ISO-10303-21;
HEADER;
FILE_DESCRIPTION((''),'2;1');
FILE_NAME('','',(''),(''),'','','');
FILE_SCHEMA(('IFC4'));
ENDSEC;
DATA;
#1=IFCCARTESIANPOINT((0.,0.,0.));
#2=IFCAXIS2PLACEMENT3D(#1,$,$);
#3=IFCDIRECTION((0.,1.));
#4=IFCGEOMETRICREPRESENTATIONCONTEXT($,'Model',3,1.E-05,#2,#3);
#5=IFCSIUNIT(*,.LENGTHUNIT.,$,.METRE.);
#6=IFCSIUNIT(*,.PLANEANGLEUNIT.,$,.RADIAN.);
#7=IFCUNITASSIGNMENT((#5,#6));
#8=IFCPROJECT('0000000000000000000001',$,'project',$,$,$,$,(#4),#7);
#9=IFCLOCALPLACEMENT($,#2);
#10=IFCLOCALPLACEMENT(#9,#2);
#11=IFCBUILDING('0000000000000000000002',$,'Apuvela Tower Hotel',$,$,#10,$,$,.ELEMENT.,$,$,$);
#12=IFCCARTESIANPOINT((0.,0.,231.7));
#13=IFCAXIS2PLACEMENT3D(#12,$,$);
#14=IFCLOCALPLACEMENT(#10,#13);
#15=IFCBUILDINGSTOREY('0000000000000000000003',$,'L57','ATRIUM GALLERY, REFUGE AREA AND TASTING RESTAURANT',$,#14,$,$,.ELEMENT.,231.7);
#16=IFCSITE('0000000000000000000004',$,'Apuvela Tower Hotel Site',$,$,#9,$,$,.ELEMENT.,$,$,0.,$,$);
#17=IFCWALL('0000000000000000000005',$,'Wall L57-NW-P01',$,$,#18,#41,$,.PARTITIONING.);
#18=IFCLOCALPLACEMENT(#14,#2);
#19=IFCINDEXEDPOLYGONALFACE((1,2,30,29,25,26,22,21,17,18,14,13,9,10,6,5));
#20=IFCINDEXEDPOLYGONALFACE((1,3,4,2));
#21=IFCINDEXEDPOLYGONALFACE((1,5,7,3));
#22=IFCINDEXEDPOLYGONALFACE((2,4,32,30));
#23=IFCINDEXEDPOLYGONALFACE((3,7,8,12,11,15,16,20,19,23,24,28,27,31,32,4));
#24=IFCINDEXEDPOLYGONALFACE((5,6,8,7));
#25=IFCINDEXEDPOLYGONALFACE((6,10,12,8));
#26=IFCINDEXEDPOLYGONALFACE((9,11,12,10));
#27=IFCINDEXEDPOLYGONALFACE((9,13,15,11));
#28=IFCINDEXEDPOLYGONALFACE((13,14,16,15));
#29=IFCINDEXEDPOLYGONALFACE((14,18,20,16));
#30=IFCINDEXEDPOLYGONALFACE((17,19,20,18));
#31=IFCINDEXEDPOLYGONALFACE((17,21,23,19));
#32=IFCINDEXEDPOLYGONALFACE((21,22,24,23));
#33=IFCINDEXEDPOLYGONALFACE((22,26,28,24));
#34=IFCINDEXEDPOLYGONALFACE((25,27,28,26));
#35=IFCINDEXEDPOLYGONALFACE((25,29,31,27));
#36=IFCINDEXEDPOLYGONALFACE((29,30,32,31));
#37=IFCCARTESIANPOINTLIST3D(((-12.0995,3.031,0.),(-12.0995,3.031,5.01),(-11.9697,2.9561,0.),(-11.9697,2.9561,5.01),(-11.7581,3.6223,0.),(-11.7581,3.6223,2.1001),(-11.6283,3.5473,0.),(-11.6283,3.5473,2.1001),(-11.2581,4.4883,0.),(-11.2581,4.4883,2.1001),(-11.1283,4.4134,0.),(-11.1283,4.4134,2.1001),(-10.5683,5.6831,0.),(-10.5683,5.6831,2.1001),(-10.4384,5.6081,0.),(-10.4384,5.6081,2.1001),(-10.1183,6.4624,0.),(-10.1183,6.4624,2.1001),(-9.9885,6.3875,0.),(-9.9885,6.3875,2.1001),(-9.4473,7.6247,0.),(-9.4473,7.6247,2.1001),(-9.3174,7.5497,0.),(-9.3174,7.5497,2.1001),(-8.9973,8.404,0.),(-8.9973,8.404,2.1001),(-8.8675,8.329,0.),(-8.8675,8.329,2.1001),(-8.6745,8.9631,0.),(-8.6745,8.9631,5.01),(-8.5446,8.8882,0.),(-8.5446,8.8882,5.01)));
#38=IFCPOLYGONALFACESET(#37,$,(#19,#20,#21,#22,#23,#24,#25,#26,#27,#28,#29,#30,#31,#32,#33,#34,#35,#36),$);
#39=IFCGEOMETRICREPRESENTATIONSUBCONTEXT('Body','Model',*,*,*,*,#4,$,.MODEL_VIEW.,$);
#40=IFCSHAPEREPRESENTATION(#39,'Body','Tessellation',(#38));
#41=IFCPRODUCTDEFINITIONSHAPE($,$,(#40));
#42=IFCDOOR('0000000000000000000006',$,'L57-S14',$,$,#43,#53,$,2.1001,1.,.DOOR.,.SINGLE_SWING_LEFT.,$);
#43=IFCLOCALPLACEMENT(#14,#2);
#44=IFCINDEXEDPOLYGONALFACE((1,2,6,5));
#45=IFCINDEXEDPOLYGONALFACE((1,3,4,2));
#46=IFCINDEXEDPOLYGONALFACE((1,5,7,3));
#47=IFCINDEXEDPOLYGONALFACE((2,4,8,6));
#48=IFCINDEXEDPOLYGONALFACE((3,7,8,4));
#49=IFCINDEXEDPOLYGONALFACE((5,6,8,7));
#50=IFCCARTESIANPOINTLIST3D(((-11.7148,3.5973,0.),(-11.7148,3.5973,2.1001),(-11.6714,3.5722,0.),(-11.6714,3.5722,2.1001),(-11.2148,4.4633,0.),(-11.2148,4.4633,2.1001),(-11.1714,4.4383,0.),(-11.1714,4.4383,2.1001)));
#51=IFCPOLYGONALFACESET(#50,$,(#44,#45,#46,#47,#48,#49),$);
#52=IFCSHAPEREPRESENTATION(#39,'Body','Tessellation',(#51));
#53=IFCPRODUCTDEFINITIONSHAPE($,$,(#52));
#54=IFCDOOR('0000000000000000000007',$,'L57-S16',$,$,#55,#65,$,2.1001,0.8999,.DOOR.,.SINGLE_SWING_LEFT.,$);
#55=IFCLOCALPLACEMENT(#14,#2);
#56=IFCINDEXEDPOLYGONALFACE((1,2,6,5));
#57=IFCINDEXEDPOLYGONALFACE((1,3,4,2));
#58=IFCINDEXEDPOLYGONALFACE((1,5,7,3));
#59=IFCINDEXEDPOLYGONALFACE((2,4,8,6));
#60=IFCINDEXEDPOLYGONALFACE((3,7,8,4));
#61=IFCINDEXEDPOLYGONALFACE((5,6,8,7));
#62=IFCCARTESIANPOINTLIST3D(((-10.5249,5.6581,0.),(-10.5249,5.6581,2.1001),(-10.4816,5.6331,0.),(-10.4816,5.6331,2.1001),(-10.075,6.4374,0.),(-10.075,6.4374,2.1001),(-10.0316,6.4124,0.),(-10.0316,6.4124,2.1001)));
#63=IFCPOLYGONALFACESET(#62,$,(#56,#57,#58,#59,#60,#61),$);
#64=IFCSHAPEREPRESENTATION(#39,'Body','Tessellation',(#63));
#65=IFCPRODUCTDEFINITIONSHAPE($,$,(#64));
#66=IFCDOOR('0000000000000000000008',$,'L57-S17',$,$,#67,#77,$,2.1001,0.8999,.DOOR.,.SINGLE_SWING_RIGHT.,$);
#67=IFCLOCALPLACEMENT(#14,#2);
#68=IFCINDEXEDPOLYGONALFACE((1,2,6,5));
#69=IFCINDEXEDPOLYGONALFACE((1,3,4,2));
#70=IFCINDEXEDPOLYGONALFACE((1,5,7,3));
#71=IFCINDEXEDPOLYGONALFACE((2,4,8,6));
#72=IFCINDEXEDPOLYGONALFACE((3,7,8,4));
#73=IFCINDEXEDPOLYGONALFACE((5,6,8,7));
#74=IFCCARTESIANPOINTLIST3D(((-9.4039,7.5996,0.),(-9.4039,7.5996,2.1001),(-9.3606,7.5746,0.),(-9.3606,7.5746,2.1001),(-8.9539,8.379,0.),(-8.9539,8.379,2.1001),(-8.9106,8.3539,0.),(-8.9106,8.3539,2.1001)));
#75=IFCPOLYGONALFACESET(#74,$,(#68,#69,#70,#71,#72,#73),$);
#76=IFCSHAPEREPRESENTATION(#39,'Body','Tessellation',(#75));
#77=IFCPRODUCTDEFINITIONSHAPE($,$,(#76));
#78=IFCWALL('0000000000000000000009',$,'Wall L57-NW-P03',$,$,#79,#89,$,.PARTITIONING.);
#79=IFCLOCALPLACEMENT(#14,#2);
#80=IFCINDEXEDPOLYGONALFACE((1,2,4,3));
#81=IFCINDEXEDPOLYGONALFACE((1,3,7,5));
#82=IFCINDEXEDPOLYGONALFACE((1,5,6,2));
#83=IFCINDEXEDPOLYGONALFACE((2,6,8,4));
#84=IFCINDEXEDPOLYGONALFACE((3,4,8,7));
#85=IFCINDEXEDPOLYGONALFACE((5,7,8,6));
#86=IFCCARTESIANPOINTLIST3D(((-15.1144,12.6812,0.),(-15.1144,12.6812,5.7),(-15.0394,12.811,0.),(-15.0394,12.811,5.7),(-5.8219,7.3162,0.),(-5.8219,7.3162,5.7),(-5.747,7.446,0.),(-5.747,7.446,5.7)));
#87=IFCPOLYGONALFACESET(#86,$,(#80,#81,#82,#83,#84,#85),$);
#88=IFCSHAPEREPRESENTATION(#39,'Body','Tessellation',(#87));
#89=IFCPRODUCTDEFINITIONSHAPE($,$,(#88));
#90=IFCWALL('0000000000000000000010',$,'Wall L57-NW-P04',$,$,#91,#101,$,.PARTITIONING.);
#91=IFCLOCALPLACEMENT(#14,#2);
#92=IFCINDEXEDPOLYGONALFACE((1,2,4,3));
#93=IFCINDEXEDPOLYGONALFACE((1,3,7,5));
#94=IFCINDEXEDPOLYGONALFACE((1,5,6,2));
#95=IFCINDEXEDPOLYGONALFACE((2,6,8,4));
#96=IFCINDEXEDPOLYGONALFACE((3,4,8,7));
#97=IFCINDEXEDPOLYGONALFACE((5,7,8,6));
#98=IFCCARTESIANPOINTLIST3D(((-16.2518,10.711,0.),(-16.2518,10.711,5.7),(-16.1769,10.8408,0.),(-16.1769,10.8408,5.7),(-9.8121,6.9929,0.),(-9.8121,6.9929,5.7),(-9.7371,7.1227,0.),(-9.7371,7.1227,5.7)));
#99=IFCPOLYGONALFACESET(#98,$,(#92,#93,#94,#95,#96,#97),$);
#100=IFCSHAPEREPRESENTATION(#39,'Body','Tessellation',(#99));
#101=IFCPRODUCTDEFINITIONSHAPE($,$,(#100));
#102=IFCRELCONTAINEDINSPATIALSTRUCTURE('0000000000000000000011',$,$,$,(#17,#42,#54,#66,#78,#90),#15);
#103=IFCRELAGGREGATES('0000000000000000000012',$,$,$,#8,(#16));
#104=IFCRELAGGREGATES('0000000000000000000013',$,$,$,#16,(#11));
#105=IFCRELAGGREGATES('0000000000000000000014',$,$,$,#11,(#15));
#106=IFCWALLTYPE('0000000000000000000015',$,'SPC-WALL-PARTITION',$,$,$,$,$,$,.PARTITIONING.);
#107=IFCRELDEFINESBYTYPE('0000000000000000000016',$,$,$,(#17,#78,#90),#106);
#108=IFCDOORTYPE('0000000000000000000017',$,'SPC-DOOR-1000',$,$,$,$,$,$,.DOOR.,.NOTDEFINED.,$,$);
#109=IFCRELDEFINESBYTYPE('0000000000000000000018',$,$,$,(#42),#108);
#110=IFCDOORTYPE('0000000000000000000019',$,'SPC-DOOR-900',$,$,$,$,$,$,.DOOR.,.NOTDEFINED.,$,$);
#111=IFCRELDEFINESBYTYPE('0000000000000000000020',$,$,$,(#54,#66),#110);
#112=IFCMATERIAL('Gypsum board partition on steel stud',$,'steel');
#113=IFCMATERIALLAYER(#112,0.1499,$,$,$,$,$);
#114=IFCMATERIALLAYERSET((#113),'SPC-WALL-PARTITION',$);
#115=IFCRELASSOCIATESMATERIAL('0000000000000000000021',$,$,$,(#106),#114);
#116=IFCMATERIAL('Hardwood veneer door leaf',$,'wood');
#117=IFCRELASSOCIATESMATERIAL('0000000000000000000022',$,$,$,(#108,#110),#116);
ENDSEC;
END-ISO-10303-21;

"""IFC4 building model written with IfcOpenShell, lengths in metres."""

from ifc_helpers import new_model, si_unit, direction, frame, frame_2d, origin, place, context, subcontext, project, spatial, rectangle, extrude, material, layer, layer_set, type_object, element, fill, save


model = new_model("IFC4")

# Units and contexts
model_context = context("Model", 3, precision=1e-05, world=origin(), true_north=direction((0.0, 1.0)))
body_context = subcontext(model_context, "Body", "Model", "MODEL_VIEW")
ifc_project = project(units=[si_unit("LENGTHUNIT", "METRE"), si_unit("PLANEANGLEUNIT", "RADIAN")], contexts=[model_context])

# Site, building, storey
site_placement = place(None, origin())
site = spatial("IfcSite", under=ifc_project, at=site_placement, Name="Apuvela Tower Hotel Site", CompositionType="ELEMENT", RefElevation=0.0)
building_placement = place(site_placement, origin())
building = spatial("IfcBuilding", under=site, at=building_placement, Name="Apuvela Tower Hotel", CompositionType="ELEMENT")
storey_placement = place(building_placement, frame((0.0, 0.0, 231.7)))
storey = spatial("IfcBuildingStorey", under=building, at=storey_placement, Name="L57", Description="ATRIUM GALLERY, REFUGE AREA AND TASTING RESTAURANT", CompositionType="ELEMENT", Elevation=231.7)

# Wall, openings, doors
ifc_material_1 = material(Name="Gypsum board partition on steel stud", Category="steel")
ifc_layer_1 = layer(ifc_material_1, 0.1499)
ifc_layer_set_1 = layer_set([ifc_layer_1], Name="SPC-WALL-PARTITION")
wall_type_1 = type_object("IfcWallType", Name="SPC-WALL-PARTITION", PredefinedType="PARTITIONING", material=ifc_layer_set_1)
wall_1_placement = place(storey_placement, frame((-8.6096, 8.9255, 0.0), z_axis=(0.0, 0.0, 1.0), x_axis=(-0.500015, -0.866017, 0.0)))
wall_1 = element("IfcWall", 1, at=wall_1_placement, inside=storey, type_object=wall_type_1, Name="Wall L57-NW-P01", PredefinedType="PARTITIONING", context=body_context, shape_type="SweptSolid", body=[
    extrude(rectangle(XDim=6.8499, YDim=0.1499, at=frame_2d((3.4248, 0.0))), origin(), (0.0, 0.0, 1.0), 5.01),
])
opening_1_placement = place(wall_1_placement, frame((5.167, 0.0, 0.0)))
opening_1 = element("IfcOpeningElement", 2, at=opening_1_placement, cuts=wall_1, PredefinedType="OPENING", context=body_context, shape_type="SweptSolid", body=[
    extrude(rectangle(XDim=1.0, YDim=2.1001, at=frame_2d((0.5, 1.05))), frame((0.0, 0.085, 0.0), z_axis=(0.0, -1.0, 0.0), x_axis=(1.0, 0.0, 0.0)), (0.0, 0.0, 1.0), 0.1699),
])
opening_2_placement = place(wall_1_placement, frame((2.8875, 0.0, 0.0)))
opening_2 = element("IfcOpeningElement", 3, at=opening_2_placement, cuts=wall_1, PredefinedType="OPENING", context=body_context, shape_type="SweptSolid", body=[
    extrude(rectangle(XDim=0.8999, YDim=2.1001, at=frame_2d((0.45, 1.05))), frame((0.0, 0.085, 0.0), z_axis=(0.0, -1.0, 0.0), x_axis=(1.0, 0.0, 0.0)), (0.0, 0.0, 1.0), 0.1699),
])
opening_3_placement = place(wall_1_placement, frame((0.6455, 0.0, 0.0)))
opening_3 = element("IfcOpeningElement", 4, at=opening_3_placement, cuts=wall_1, PredefinedType="OPENING", context=body_context, shape_type="SweptSolid", body=[
    extrude(rectangle(XDim=0.8999, YDim=2.1001, at=frame_2d((0.45, 1.05))), frame((0.0, 0.085, 0.0), z_axis=(0.0, -1.0, 0.0), x_axis=(1.0, 0.0, 0.0)), (0.0, 0.0, 1.0), 0.1699),
])
ifc_material_2 = material(Name="Hardwood veneer door leaf", Category="wood")
door_type_1 = type_object("IfcDoorType", Name="SPC-DOOR-1000", OperationType="NOTDEFINED", PredefinedType="DOOR", material=ifc_material_2)
door_1_placement = place(opening_1_placement, frame((1.0, 0.0, 0.0), z_axis=(0.0, 0.0, 1.0), x_axis=(-1.0, 0.0, 0.0)))
door_1 = element("IfcDoor", 5, at=door_1_placement, inside=storey, type_object=door_type_1, Name="L57-S14", OperationType="SINGLE_SWING_LEFT", OverallHeight=2.1001, OverallWidth=1.0, PredefinedType="DOOR", context=body_context, shape_type="SweptSolid", body=[
    extrude(rectangle(XDim=1.0, YDim=2.1001, at=frame_2d((0.5, 1.05))), frame((0.0, 0.0249, 0.0), z_axis=(0.0, -1.0, 0.0), x_axis=(1.0, 0.0, 0.0)), (0.0, 0.0, 1.0), 0.05),
])
fill(opening_1, door_1)
door_type_2 = type_object("IfcDoorType", Name="SPC-DOOR-900", OperationType="NOTDEFINED", PredefinedType="DOOR", material=ifc_material_2)
door_2_placement = place(opening_2_placement, frame((0.8999, 0.0, 0.0), z_axis=(0.0, 0.0, 1.0), x_axis=(-1.0, 0.0, 0.0)))
door_2 = element("IfcDoor", 6, at=door_2_placement, inside=storey, type_object=door_type_2, Name="L57-S16", OperationType="SINGLE_SWING_LEFT", OverallHeight=2.1001, OverallWidth=0.8999, PredefinedType="DOOR", context=body_context, shape_type="SweptSolid", body=[
    extrude(rectangle(XDim=0.8999, YDim=2.1001, at=frame_2d((0.45, 1.05))), frame((0.0, 0.0249, 0.0), z_axis=(0.0, -1.0, 0.0), x_axis=(1.0, 0.0, 0.0)), (0.0, 0.0, 1.0), 0.05),
])
fill(opening_2, door_2)
door_3_placement = place(opening_3_placement, frame((0.8999, 0.0, 0.0), z_axis=(0.0, 0.0, 1.0), x_axis=(-1.0, 0.0, 0.0)))
door_3 = element("IfcDoor", 7, at=door_3_placement, inside=storey, type_object=door_type_2, Name="L57-S17", OperationType="SINGLE_SWING_RIGHT", OverallHeight=2.1001, OverallWidth=0.8999, PredefinedType="DOOR", context=body_context, shape_type="SweptSolid", body=[
    extrude(rectangle(XDim=0.8999, YDim=2.1001, at=frame_2d((0.45, 1.05))), frame((0.0, 0.0249, 0.0), z_axis=(0.0, -1.0, 0.0), x_axis=(1.0, 0.0, 0.0)), (0.0, 0.0, 1.0), 0.05),
])
fill(opening_3, door_3)

# Walls
wall_2_placement = place(storey_placement, frame((-15.0769, 12.7461, 0.0), z_axis=(0.0, 0.0, 1.0), x_axis=(0.866026, -0.499998, 0.0)))
element("IfcWall", 8, at=wall_2_placement, inside=storey, type_object=wall_type_1, Name="Wall L57-NW-P03", PredefinedType="PARTITIONING", context=body_context, shape_type="SweptSolid", body=[
    extrude(rectangle(XDim=10.73, YDim=0.1499, at=frame_2d((5.365, 0.0))), origin(), (0.0, 0.0, 1.0), 5.7),
])
wall_3_placement = place(storey_placement, frame((-16.2144, 10.7759, 0.0), z_axis=(0.0, 0.0, 1.0), x_axis=(0.866022, -0.500006, 0.0)))
element("IfcWall", 9, at=wall_3_placement, inside=storey, type_object=wall_type_1, Name="Wall L57-NW-P04", PredefinedType="PARTITIONING", context=body_context, shape_type="SweptSolid", body=[
    extrude(rectangle(XDim=7.436, YDim=0.1499, at=frame_2d((3.718, 0.0))), origin(), (0.0, 0.0, 1.0), 5.7),
])

save(model, "model.ifc")
